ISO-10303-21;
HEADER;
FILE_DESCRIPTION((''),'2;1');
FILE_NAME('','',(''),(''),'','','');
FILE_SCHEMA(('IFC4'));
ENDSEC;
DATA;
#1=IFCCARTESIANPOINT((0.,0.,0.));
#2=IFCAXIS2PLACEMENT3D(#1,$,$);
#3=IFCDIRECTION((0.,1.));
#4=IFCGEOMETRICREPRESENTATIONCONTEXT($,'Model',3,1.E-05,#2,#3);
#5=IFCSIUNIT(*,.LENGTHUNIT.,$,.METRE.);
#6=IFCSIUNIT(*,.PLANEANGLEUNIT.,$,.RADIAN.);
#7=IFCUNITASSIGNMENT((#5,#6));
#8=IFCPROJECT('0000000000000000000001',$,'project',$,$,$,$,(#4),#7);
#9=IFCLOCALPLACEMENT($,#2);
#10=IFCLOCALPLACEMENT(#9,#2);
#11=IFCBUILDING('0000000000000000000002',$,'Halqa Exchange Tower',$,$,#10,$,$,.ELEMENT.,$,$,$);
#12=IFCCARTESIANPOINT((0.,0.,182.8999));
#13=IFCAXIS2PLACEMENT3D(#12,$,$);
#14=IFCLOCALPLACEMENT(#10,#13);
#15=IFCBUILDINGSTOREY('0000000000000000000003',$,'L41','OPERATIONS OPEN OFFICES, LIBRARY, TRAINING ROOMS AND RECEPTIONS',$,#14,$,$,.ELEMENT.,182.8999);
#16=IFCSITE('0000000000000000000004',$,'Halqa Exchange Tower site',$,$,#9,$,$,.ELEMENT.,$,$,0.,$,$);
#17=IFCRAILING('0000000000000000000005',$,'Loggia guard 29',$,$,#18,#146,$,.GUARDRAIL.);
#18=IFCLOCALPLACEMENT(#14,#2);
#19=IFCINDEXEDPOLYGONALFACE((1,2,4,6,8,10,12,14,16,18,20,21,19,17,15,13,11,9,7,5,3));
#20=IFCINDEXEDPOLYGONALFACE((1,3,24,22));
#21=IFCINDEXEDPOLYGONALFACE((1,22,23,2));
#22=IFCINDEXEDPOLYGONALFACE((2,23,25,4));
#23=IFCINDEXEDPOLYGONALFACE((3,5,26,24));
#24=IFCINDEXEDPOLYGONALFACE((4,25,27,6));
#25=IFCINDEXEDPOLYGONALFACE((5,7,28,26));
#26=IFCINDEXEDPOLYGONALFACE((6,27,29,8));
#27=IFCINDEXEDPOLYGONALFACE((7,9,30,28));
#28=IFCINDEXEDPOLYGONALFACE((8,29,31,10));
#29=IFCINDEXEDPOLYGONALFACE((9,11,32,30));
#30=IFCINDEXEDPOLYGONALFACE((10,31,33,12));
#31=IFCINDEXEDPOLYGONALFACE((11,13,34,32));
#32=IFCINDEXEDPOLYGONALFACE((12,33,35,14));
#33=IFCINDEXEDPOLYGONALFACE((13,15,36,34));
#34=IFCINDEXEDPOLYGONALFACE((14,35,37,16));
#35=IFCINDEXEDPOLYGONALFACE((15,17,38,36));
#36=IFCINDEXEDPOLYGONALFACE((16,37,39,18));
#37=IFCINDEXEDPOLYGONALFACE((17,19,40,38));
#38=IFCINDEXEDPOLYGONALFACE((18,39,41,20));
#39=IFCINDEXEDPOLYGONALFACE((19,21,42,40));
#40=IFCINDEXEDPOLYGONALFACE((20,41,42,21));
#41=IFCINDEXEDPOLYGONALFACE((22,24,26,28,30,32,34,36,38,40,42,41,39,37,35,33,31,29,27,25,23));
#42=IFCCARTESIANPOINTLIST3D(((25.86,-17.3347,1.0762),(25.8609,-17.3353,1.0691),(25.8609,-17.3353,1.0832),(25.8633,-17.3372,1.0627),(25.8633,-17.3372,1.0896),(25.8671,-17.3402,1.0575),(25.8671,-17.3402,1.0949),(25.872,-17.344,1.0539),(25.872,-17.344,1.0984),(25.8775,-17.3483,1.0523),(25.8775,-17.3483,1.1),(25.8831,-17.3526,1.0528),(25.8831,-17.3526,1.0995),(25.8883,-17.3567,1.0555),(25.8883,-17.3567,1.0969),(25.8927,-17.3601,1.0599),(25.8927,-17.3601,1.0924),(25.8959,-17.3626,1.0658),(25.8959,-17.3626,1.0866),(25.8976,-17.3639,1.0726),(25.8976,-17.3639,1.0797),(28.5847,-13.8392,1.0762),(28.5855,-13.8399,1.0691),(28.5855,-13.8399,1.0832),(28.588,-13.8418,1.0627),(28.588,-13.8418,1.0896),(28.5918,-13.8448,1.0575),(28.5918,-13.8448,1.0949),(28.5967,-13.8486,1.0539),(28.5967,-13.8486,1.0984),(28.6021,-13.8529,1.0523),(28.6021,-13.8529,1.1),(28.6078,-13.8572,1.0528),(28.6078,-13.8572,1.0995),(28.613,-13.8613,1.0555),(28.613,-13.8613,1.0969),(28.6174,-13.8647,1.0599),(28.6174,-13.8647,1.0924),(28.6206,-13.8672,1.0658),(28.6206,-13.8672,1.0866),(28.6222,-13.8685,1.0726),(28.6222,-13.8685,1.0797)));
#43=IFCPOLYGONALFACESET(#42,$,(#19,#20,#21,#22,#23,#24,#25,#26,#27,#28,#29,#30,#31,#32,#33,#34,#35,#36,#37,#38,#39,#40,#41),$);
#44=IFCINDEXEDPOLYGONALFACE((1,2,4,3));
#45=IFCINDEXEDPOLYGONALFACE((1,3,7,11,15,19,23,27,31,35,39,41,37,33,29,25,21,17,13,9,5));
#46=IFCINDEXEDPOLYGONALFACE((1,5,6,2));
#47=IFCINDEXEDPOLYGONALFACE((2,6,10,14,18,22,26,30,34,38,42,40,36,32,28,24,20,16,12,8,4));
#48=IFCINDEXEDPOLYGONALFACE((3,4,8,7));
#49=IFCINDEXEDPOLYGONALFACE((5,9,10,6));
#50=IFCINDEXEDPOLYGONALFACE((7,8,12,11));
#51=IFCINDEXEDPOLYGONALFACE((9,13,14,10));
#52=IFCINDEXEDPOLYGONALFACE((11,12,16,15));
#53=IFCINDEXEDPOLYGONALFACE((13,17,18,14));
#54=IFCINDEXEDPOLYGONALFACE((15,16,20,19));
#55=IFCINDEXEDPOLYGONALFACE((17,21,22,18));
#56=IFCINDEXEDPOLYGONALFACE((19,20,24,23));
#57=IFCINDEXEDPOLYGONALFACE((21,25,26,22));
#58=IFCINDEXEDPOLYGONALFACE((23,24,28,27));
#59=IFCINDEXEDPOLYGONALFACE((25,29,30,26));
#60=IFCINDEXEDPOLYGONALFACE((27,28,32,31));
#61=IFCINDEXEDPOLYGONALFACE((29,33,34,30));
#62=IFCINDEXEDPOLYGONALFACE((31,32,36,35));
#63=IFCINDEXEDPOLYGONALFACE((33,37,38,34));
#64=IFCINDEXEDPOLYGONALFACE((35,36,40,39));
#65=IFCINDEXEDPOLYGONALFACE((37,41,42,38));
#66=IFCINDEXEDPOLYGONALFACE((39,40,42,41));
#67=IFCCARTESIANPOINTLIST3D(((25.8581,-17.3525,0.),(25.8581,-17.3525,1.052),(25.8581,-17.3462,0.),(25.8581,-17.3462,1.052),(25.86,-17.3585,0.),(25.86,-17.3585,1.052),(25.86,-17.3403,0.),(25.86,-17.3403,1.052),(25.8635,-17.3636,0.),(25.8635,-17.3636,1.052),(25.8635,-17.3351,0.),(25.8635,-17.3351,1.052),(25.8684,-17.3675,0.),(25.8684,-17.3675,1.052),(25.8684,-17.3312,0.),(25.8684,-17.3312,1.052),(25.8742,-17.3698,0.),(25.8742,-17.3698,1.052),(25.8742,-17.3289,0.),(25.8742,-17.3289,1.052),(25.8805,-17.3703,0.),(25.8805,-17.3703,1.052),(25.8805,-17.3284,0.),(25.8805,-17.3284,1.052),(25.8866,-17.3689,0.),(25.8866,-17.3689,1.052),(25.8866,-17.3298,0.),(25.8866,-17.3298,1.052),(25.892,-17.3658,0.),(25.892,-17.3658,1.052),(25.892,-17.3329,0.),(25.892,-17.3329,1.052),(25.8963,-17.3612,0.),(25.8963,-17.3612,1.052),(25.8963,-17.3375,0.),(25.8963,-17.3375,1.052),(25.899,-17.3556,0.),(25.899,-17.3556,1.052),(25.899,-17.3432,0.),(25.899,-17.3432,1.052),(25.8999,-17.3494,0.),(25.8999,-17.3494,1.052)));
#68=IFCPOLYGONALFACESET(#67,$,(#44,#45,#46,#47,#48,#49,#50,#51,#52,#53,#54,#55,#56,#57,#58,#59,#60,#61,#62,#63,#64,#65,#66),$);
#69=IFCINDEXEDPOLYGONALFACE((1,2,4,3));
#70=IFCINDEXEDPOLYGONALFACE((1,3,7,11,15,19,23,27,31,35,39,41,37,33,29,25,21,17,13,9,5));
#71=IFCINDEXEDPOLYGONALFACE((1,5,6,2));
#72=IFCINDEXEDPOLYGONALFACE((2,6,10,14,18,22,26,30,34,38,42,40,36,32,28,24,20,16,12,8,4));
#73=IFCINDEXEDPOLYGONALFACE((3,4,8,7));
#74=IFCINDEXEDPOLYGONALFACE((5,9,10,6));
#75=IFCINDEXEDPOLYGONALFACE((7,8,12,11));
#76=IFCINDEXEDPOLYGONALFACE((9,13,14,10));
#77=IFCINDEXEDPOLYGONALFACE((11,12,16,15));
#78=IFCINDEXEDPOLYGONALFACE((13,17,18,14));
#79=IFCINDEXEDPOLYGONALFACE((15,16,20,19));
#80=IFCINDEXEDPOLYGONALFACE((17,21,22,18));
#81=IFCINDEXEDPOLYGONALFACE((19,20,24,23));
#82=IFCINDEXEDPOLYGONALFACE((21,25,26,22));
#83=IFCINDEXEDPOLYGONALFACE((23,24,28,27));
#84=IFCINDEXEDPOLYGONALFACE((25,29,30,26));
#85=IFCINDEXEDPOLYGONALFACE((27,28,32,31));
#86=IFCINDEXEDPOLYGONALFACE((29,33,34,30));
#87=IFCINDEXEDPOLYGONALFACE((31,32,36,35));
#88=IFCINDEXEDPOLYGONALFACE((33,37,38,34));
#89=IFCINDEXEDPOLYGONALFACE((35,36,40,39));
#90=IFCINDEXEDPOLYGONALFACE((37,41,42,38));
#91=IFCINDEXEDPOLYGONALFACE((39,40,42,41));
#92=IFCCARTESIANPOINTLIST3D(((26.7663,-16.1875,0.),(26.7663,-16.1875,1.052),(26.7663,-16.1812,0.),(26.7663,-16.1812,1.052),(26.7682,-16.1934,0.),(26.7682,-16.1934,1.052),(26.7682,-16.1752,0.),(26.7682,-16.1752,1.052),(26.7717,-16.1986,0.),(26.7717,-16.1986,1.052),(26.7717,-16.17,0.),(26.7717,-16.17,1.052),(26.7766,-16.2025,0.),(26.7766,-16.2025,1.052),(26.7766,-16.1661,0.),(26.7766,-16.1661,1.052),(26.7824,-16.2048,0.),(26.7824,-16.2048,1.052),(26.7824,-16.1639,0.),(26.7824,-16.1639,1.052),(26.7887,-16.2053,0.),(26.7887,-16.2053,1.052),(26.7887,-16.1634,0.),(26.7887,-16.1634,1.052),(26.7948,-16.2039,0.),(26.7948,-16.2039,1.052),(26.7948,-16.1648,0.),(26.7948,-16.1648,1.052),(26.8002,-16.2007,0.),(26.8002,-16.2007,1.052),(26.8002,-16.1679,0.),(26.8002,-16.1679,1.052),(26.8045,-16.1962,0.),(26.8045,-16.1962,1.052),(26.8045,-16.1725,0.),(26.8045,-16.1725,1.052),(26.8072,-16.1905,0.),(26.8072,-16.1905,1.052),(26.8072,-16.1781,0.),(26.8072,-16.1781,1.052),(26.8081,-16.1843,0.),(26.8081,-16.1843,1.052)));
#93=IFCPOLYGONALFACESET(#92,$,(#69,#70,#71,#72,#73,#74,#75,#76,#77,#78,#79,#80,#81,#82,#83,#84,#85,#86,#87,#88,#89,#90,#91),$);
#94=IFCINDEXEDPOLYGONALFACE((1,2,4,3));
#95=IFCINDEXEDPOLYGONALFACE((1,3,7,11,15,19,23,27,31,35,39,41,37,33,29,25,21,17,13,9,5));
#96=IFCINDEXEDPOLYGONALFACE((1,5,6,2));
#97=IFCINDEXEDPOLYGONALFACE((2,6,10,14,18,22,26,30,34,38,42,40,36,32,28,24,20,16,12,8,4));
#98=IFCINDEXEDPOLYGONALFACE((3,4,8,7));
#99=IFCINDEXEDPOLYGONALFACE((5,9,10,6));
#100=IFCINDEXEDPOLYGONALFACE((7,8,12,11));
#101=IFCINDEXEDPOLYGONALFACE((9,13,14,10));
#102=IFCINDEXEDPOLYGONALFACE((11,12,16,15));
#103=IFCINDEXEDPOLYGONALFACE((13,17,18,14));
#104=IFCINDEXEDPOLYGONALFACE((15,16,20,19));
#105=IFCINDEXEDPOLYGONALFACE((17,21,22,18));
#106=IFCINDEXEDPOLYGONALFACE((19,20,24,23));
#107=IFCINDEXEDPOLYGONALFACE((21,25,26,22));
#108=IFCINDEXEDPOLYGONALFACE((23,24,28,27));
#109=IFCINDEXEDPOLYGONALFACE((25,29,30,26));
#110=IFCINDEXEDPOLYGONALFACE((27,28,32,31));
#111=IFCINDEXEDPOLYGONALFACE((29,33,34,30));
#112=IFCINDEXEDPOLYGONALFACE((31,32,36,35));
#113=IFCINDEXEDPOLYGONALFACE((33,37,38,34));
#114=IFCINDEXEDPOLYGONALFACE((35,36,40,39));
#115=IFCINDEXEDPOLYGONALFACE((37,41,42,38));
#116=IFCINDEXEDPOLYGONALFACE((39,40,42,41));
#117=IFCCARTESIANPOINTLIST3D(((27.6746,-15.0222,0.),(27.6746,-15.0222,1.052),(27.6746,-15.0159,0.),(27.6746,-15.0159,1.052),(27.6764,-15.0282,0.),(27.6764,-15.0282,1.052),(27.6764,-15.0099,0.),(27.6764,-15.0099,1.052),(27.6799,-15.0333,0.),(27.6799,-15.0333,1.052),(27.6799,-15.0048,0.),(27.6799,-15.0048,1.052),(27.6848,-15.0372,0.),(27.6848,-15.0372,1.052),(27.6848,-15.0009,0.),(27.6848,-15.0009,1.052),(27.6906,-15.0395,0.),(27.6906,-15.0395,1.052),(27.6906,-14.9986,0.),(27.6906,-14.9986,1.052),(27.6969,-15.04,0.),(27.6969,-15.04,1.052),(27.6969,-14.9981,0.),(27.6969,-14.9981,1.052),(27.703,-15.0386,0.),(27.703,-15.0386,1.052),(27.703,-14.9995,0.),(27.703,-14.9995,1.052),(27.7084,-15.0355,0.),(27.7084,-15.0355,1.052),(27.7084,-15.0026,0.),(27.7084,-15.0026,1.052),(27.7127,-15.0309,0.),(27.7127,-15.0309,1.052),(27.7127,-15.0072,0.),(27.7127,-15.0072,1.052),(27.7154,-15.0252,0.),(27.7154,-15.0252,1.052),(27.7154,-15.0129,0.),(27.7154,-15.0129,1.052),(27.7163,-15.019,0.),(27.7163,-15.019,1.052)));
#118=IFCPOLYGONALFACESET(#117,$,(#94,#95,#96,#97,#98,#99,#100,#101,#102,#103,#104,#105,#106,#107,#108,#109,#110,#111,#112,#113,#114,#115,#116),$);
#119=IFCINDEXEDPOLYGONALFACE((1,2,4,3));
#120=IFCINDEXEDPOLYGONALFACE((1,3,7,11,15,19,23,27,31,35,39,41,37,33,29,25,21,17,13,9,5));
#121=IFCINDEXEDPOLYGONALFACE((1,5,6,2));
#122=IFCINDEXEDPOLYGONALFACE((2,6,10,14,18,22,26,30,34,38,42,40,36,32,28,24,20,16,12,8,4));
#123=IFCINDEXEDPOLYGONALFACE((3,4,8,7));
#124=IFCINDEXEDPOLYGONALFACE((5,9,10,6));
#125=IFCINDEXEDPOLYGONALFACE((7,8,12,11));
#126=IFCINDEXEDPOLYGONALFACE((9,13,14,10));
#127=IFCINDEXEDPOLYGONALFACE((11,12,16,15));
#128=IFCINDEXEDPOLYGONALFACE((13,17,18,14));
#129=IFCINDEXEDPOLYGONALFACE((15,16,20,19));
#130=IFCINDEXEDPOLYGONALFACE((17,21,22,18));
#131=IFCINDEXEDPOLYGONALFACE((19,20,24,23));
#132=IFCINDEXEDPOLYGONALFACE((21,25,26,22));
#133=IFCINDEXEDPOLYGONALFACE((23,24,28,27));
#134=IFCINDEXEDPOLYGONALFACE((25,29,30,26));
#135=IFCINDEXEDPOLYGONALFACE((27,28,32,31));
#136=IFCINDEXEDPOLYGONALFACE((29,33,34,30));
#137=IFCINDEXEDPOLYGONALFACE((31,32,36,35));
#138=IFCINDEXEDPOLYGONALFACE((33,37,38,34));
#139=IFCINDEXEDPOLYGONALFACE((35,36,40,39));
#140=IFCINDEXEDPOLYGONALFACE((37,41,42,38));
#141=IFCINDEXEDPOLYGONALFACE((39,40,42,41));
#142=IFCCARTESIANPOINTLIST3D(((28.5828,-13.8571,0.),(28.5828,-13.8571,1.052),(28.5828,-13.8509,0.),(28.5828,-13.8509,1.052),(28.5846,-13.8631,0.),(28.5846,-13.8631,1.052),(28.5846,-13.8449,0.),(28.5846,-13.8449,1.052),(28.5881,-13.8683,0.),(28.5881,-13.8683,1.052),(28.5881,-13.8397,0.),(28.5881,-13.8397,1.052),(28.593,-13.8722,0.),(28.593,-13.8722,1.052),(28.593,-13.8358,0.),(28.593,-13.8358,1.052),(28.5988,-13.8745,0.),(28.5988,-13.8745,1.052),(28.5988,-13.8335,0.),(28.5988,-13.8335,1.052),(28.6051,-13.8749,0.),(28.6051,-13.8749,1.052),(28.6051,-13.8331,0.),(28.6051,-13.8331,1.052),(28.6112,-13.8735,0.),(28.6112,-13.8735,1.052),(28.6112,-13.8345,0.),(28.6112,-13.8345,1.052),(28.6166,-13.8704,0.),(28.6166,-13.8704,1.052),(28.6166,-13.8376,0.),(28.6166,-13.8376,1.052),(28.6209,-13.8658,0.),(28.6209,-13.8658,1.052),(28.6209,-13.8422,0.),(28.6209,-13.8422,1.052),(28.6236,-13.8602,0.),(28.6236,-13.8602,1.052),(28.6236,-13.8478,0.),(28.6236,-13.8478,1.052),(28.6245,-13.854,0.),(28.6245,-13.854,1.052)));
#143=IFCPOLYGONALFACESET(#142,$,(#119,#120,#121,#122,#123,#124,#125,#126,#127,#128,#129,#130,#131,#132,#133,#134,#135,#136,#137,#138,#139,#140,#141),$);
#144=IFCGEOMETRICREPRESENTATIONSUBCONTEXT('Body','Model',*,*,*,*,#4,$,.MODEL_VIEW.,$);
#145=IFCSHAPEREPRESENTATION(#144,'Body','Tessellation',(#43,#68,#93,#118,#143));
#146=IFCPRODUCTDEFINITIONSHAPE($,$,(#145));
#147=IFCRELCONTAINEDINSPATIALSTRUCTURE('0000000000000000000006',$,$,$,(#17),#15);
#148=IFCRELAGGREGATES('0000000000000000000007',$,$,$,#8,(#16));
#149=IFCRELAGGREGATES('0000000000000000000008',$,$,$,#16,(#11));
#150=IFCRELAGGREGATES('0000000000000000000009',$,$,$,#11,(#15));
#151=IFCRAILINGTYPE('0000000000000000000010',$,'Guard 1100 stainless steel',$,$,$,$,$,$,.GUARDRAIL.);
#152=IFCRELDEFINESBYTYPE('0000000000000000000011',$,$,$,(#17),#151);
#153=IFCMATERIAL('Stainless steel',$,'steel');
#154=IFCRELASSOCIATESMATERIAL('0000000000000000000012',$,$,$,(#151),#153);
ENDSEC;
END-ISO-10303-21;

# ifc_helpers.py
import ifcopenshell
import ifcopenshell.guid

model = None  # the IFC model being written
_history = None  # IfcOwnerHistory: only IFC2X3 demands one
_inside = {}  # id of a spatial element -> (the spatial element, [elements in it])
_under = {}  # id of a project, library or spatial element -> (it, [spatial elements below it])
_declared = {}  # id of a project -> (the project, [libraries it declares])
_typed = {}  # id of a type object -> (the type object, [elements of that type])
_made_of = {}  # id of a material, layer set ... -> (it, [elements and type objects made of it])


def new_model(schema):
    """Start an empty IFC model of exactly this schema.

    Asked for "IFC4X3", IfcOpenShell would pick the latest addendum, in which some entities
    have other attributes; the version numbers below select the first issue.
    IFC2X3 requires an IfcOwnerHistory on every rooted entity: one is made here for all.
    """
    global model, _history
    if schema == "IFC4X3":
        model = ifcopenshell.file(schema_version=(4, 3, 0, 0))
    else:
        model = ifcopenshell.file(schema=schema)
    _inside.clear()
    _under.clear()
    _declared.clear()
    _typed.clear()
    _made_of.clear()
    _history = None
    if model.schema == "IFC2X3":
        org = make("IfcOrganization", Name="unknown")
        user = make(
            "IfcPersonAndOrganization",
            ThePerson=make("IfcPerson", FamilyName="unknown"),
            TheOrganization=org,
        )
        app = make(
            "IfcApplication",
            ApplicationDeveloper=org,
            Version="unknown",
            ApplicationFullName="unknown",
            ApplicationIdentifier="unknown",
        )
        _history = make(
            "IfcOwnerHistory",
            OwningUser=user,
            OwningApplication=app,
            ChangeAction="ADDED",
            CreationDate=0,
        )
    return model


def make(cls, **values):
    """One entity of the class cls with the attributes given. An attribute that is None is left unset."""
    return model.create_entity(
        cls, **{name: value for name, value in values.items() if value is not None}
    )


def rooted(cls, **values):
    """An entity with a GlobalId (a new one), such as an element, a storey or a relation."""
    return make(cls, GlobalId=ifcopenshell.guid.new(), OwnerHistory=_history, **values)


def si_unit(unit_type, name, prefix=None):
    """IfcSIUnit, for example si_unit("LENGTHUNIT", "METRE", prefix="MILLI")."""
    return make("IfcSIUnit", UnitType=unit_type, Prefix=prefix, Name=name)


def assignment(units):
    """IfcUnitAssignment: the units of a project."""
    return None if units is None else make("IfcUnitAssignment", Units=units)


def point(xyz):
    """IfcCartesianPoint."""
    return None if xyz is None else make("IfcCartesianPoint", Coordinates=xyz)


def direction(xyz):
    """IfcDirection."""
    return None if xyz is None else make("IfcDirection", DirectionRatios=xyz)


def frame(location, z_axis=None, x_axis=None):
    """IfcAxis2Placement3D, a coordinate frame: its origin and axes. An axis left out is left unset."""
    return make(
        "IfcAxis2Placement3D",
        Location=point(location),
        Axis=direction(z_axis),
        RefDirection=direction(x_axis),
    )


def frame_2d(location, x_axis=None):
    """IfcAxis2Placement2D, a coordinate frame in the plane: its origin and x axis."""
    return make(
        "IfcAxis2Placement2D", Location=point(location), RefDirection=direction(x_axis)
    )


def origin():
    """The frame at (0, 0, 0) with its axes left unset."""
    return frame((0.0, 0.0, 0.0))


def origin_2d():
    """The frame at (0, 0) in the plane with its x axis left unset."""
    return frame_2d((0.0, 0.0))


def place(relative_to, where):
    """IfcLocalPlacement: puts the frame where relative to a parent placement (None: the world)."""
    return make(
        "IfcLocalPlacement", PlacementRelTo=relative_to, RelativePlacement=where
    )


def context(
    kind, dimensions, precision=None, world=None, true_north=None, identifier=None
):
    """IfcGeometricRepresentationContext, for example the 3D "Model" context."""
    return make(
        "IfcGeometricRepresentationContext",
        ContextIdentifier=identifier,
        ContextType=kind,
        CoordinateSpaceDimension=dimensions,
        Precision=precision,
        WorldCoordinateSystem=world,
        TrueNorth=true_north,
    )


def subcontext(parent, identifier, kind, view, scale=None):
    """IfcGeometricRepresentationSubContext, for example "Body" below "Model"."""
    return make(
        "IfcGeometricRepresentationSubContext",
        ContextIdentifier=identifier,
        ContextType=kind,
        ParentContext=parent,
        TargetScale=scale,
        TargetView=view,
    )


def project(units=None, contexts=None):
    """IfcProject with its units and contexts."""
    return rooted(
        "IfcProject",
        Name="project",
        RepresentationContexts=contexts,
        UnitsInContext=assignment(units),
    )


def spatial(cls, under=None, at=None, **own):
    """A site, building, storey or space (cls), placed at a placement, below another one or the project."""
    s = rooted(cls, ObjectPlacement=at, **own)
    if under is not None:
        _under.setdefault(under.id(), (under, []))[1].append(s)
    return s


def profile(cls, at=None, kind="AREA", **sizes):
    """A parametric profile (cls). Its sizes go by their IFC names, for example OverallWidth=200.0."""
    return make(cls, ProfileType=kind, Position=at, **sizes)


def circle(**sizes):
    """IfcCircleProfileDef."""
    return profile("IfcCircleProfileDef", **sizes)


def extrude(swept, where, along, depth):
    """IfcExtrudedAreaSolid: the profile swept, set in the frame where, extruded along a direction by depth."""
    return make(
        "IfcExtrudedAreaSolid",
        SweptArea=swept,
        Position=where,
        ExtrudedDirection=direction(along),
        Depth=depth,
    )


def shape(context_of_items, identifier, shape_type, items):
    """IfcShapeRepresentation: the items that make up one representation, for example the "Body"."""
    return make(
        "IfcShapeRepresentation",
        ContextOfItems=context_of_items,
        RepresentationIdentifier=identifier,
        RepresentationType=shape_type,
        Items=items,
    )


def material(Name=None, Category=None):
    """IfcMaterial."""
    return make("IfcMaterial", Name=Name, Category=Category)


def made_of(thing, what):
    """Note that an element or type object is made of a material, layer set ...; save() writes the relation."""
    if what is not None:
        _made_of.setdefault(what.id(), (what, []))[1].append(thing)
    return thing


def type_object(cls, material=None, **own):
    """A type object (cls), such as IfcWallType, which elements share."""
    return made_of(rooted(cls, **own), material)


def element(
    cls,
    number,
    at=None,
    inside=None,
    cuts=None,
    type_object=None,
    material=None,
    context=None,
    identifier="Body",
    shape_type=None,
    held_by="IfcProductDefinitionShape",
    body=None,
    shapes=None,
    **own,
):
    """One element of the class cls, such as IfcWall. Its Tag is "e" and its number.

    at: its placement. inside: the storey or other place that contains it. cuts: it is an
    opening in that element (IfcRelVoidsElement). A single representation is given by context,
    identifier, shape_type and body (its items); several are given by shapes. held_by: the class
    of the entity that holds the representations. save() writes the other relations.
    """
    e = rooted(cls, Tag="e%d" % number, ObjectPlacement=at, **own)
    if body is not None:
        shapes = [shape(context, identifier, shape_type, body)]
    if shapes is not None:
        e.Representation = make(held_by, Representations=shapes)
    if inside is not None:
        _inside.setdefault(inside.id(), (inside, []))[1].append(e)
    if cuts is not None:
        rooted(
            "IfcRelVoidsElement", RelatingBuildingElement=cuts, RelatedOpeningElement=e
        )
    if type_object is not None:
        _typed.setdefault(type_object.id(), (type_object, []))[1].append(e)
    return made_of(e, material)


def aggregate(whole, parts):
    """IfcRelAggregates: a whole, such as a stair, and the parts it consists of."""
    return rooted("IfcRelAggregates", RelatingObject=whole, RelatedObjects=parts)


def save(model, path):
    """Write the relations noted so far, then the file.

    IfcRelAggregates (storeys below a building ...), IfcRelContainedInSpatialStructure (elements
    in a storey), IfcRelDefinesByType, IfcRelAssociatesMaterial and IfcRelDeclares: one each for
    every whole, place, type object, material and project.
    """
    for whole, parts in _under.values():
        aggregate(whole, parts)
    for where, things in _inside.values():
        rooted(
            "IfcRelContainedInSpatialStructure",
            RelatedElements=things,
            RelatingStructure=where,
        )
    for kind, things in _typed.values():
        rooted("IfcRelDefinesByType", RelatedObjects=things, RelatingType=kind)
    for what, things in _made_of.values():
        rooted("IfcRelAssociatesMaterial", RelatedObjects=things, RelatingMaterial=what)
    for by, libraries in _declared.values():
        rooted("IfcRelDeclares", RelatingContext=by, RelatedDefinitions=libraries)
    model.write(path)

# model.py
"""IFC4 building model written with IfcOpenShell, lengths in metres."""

from ifc_helpers import new_model, si_unit, direction, frame, origin, origin_2d, place, context, subcontext, project, spatial, circle, extrude, material, type_object, element, save


model = new_model("IFC4")

# Units and contexts
model_context = context("Model", 3, precision=1e-05, world=origin(), true_north=direction((0.0, 1.0)))
body_context = subcontext(model_context, "Body", "Model", "MODEL_VIEW")
ifc_project = project(units=[si_unit("LENGTHUNIT", "METRE"), si_unit("PLANEANGLEUNIT", "RADIAN")], contexts=[model_context])

# Site, building, storey
site_placement = place(None, origin())
site = spatial("IfcSite", under=ifc_project, at=site_placement, Name="Halqa Exchange Tower site", CompositionType="ELEMENT", RefElevation=0.0)
building_placement = place(site_placement, origin())
building = spatial("IfcBuilding", under=site, at=building_placement, Name="Halqa Exchange Tower", CompositionType="ELEMENT")
storey_placement = place(building_placement, frame((0.0, 0.0, 182.8999)))
storey = spatial("IfcBuildingStorey", under=building, at=storey_placement, Name="L41", Description="OPERATIONS OPEN OFFICES, LIBRARY, TRAINING ROOMS AND RECEPTIONS", CompositionType="ELEMENT", Elevation=182.8999)

# Railing
ifc_material_1 = material(Name="Stainless steel", Category="steel")
railing_type = type_object("IfcRailingType", Name="Guard 1100 stainless steel", PredefinedType="GUARDRAIL", material=ifc_material_1)
railing_1_placement = place(storey_placement, frame((25.8789, -17.3494, 0.0)))
element("IfcRailing", 1, at=railing_1_placement, inside=storey, type_object=railing_type, Name="Loggia guard 29", PredefinedType="GUARDRAIL", context=body_context, shape_type="SweptSolid", body=[
    extrude(circle(Radius=0.0239, at=origin_2d()), frame((0.0, 0.0, 1.0762), z_axis=(0.614783, 0.788696, 0.0), x_axis=(-0.788696, 0.614783, 0.0)), (0.0, 0.0, 1.0), 4.4319),
    extrude(circle(Radius=0.021, at=origin_2d()), origin(), (0.0, 0.0, 1.0), 1.052),
    extrude(circle(Radius=0.021, at=origin_2d()), frame((0.9082, 1.165, 0.0)), (0.0, 0.0, 1.0), 1.052),
    extrude(circle(Radius=0.021, at=origin_2d()), frame((1.8164, 2.3303, 0.0)), (0.0, 0.0, 1.0), 1.052),
    extrude(circle(Radius=0.021, at=origin_2d()), frame((2.7246, 3.4954, 0.0)), (0.0, 0.0, 1.0), 1.052),
])

save(model, "model.ifc")
